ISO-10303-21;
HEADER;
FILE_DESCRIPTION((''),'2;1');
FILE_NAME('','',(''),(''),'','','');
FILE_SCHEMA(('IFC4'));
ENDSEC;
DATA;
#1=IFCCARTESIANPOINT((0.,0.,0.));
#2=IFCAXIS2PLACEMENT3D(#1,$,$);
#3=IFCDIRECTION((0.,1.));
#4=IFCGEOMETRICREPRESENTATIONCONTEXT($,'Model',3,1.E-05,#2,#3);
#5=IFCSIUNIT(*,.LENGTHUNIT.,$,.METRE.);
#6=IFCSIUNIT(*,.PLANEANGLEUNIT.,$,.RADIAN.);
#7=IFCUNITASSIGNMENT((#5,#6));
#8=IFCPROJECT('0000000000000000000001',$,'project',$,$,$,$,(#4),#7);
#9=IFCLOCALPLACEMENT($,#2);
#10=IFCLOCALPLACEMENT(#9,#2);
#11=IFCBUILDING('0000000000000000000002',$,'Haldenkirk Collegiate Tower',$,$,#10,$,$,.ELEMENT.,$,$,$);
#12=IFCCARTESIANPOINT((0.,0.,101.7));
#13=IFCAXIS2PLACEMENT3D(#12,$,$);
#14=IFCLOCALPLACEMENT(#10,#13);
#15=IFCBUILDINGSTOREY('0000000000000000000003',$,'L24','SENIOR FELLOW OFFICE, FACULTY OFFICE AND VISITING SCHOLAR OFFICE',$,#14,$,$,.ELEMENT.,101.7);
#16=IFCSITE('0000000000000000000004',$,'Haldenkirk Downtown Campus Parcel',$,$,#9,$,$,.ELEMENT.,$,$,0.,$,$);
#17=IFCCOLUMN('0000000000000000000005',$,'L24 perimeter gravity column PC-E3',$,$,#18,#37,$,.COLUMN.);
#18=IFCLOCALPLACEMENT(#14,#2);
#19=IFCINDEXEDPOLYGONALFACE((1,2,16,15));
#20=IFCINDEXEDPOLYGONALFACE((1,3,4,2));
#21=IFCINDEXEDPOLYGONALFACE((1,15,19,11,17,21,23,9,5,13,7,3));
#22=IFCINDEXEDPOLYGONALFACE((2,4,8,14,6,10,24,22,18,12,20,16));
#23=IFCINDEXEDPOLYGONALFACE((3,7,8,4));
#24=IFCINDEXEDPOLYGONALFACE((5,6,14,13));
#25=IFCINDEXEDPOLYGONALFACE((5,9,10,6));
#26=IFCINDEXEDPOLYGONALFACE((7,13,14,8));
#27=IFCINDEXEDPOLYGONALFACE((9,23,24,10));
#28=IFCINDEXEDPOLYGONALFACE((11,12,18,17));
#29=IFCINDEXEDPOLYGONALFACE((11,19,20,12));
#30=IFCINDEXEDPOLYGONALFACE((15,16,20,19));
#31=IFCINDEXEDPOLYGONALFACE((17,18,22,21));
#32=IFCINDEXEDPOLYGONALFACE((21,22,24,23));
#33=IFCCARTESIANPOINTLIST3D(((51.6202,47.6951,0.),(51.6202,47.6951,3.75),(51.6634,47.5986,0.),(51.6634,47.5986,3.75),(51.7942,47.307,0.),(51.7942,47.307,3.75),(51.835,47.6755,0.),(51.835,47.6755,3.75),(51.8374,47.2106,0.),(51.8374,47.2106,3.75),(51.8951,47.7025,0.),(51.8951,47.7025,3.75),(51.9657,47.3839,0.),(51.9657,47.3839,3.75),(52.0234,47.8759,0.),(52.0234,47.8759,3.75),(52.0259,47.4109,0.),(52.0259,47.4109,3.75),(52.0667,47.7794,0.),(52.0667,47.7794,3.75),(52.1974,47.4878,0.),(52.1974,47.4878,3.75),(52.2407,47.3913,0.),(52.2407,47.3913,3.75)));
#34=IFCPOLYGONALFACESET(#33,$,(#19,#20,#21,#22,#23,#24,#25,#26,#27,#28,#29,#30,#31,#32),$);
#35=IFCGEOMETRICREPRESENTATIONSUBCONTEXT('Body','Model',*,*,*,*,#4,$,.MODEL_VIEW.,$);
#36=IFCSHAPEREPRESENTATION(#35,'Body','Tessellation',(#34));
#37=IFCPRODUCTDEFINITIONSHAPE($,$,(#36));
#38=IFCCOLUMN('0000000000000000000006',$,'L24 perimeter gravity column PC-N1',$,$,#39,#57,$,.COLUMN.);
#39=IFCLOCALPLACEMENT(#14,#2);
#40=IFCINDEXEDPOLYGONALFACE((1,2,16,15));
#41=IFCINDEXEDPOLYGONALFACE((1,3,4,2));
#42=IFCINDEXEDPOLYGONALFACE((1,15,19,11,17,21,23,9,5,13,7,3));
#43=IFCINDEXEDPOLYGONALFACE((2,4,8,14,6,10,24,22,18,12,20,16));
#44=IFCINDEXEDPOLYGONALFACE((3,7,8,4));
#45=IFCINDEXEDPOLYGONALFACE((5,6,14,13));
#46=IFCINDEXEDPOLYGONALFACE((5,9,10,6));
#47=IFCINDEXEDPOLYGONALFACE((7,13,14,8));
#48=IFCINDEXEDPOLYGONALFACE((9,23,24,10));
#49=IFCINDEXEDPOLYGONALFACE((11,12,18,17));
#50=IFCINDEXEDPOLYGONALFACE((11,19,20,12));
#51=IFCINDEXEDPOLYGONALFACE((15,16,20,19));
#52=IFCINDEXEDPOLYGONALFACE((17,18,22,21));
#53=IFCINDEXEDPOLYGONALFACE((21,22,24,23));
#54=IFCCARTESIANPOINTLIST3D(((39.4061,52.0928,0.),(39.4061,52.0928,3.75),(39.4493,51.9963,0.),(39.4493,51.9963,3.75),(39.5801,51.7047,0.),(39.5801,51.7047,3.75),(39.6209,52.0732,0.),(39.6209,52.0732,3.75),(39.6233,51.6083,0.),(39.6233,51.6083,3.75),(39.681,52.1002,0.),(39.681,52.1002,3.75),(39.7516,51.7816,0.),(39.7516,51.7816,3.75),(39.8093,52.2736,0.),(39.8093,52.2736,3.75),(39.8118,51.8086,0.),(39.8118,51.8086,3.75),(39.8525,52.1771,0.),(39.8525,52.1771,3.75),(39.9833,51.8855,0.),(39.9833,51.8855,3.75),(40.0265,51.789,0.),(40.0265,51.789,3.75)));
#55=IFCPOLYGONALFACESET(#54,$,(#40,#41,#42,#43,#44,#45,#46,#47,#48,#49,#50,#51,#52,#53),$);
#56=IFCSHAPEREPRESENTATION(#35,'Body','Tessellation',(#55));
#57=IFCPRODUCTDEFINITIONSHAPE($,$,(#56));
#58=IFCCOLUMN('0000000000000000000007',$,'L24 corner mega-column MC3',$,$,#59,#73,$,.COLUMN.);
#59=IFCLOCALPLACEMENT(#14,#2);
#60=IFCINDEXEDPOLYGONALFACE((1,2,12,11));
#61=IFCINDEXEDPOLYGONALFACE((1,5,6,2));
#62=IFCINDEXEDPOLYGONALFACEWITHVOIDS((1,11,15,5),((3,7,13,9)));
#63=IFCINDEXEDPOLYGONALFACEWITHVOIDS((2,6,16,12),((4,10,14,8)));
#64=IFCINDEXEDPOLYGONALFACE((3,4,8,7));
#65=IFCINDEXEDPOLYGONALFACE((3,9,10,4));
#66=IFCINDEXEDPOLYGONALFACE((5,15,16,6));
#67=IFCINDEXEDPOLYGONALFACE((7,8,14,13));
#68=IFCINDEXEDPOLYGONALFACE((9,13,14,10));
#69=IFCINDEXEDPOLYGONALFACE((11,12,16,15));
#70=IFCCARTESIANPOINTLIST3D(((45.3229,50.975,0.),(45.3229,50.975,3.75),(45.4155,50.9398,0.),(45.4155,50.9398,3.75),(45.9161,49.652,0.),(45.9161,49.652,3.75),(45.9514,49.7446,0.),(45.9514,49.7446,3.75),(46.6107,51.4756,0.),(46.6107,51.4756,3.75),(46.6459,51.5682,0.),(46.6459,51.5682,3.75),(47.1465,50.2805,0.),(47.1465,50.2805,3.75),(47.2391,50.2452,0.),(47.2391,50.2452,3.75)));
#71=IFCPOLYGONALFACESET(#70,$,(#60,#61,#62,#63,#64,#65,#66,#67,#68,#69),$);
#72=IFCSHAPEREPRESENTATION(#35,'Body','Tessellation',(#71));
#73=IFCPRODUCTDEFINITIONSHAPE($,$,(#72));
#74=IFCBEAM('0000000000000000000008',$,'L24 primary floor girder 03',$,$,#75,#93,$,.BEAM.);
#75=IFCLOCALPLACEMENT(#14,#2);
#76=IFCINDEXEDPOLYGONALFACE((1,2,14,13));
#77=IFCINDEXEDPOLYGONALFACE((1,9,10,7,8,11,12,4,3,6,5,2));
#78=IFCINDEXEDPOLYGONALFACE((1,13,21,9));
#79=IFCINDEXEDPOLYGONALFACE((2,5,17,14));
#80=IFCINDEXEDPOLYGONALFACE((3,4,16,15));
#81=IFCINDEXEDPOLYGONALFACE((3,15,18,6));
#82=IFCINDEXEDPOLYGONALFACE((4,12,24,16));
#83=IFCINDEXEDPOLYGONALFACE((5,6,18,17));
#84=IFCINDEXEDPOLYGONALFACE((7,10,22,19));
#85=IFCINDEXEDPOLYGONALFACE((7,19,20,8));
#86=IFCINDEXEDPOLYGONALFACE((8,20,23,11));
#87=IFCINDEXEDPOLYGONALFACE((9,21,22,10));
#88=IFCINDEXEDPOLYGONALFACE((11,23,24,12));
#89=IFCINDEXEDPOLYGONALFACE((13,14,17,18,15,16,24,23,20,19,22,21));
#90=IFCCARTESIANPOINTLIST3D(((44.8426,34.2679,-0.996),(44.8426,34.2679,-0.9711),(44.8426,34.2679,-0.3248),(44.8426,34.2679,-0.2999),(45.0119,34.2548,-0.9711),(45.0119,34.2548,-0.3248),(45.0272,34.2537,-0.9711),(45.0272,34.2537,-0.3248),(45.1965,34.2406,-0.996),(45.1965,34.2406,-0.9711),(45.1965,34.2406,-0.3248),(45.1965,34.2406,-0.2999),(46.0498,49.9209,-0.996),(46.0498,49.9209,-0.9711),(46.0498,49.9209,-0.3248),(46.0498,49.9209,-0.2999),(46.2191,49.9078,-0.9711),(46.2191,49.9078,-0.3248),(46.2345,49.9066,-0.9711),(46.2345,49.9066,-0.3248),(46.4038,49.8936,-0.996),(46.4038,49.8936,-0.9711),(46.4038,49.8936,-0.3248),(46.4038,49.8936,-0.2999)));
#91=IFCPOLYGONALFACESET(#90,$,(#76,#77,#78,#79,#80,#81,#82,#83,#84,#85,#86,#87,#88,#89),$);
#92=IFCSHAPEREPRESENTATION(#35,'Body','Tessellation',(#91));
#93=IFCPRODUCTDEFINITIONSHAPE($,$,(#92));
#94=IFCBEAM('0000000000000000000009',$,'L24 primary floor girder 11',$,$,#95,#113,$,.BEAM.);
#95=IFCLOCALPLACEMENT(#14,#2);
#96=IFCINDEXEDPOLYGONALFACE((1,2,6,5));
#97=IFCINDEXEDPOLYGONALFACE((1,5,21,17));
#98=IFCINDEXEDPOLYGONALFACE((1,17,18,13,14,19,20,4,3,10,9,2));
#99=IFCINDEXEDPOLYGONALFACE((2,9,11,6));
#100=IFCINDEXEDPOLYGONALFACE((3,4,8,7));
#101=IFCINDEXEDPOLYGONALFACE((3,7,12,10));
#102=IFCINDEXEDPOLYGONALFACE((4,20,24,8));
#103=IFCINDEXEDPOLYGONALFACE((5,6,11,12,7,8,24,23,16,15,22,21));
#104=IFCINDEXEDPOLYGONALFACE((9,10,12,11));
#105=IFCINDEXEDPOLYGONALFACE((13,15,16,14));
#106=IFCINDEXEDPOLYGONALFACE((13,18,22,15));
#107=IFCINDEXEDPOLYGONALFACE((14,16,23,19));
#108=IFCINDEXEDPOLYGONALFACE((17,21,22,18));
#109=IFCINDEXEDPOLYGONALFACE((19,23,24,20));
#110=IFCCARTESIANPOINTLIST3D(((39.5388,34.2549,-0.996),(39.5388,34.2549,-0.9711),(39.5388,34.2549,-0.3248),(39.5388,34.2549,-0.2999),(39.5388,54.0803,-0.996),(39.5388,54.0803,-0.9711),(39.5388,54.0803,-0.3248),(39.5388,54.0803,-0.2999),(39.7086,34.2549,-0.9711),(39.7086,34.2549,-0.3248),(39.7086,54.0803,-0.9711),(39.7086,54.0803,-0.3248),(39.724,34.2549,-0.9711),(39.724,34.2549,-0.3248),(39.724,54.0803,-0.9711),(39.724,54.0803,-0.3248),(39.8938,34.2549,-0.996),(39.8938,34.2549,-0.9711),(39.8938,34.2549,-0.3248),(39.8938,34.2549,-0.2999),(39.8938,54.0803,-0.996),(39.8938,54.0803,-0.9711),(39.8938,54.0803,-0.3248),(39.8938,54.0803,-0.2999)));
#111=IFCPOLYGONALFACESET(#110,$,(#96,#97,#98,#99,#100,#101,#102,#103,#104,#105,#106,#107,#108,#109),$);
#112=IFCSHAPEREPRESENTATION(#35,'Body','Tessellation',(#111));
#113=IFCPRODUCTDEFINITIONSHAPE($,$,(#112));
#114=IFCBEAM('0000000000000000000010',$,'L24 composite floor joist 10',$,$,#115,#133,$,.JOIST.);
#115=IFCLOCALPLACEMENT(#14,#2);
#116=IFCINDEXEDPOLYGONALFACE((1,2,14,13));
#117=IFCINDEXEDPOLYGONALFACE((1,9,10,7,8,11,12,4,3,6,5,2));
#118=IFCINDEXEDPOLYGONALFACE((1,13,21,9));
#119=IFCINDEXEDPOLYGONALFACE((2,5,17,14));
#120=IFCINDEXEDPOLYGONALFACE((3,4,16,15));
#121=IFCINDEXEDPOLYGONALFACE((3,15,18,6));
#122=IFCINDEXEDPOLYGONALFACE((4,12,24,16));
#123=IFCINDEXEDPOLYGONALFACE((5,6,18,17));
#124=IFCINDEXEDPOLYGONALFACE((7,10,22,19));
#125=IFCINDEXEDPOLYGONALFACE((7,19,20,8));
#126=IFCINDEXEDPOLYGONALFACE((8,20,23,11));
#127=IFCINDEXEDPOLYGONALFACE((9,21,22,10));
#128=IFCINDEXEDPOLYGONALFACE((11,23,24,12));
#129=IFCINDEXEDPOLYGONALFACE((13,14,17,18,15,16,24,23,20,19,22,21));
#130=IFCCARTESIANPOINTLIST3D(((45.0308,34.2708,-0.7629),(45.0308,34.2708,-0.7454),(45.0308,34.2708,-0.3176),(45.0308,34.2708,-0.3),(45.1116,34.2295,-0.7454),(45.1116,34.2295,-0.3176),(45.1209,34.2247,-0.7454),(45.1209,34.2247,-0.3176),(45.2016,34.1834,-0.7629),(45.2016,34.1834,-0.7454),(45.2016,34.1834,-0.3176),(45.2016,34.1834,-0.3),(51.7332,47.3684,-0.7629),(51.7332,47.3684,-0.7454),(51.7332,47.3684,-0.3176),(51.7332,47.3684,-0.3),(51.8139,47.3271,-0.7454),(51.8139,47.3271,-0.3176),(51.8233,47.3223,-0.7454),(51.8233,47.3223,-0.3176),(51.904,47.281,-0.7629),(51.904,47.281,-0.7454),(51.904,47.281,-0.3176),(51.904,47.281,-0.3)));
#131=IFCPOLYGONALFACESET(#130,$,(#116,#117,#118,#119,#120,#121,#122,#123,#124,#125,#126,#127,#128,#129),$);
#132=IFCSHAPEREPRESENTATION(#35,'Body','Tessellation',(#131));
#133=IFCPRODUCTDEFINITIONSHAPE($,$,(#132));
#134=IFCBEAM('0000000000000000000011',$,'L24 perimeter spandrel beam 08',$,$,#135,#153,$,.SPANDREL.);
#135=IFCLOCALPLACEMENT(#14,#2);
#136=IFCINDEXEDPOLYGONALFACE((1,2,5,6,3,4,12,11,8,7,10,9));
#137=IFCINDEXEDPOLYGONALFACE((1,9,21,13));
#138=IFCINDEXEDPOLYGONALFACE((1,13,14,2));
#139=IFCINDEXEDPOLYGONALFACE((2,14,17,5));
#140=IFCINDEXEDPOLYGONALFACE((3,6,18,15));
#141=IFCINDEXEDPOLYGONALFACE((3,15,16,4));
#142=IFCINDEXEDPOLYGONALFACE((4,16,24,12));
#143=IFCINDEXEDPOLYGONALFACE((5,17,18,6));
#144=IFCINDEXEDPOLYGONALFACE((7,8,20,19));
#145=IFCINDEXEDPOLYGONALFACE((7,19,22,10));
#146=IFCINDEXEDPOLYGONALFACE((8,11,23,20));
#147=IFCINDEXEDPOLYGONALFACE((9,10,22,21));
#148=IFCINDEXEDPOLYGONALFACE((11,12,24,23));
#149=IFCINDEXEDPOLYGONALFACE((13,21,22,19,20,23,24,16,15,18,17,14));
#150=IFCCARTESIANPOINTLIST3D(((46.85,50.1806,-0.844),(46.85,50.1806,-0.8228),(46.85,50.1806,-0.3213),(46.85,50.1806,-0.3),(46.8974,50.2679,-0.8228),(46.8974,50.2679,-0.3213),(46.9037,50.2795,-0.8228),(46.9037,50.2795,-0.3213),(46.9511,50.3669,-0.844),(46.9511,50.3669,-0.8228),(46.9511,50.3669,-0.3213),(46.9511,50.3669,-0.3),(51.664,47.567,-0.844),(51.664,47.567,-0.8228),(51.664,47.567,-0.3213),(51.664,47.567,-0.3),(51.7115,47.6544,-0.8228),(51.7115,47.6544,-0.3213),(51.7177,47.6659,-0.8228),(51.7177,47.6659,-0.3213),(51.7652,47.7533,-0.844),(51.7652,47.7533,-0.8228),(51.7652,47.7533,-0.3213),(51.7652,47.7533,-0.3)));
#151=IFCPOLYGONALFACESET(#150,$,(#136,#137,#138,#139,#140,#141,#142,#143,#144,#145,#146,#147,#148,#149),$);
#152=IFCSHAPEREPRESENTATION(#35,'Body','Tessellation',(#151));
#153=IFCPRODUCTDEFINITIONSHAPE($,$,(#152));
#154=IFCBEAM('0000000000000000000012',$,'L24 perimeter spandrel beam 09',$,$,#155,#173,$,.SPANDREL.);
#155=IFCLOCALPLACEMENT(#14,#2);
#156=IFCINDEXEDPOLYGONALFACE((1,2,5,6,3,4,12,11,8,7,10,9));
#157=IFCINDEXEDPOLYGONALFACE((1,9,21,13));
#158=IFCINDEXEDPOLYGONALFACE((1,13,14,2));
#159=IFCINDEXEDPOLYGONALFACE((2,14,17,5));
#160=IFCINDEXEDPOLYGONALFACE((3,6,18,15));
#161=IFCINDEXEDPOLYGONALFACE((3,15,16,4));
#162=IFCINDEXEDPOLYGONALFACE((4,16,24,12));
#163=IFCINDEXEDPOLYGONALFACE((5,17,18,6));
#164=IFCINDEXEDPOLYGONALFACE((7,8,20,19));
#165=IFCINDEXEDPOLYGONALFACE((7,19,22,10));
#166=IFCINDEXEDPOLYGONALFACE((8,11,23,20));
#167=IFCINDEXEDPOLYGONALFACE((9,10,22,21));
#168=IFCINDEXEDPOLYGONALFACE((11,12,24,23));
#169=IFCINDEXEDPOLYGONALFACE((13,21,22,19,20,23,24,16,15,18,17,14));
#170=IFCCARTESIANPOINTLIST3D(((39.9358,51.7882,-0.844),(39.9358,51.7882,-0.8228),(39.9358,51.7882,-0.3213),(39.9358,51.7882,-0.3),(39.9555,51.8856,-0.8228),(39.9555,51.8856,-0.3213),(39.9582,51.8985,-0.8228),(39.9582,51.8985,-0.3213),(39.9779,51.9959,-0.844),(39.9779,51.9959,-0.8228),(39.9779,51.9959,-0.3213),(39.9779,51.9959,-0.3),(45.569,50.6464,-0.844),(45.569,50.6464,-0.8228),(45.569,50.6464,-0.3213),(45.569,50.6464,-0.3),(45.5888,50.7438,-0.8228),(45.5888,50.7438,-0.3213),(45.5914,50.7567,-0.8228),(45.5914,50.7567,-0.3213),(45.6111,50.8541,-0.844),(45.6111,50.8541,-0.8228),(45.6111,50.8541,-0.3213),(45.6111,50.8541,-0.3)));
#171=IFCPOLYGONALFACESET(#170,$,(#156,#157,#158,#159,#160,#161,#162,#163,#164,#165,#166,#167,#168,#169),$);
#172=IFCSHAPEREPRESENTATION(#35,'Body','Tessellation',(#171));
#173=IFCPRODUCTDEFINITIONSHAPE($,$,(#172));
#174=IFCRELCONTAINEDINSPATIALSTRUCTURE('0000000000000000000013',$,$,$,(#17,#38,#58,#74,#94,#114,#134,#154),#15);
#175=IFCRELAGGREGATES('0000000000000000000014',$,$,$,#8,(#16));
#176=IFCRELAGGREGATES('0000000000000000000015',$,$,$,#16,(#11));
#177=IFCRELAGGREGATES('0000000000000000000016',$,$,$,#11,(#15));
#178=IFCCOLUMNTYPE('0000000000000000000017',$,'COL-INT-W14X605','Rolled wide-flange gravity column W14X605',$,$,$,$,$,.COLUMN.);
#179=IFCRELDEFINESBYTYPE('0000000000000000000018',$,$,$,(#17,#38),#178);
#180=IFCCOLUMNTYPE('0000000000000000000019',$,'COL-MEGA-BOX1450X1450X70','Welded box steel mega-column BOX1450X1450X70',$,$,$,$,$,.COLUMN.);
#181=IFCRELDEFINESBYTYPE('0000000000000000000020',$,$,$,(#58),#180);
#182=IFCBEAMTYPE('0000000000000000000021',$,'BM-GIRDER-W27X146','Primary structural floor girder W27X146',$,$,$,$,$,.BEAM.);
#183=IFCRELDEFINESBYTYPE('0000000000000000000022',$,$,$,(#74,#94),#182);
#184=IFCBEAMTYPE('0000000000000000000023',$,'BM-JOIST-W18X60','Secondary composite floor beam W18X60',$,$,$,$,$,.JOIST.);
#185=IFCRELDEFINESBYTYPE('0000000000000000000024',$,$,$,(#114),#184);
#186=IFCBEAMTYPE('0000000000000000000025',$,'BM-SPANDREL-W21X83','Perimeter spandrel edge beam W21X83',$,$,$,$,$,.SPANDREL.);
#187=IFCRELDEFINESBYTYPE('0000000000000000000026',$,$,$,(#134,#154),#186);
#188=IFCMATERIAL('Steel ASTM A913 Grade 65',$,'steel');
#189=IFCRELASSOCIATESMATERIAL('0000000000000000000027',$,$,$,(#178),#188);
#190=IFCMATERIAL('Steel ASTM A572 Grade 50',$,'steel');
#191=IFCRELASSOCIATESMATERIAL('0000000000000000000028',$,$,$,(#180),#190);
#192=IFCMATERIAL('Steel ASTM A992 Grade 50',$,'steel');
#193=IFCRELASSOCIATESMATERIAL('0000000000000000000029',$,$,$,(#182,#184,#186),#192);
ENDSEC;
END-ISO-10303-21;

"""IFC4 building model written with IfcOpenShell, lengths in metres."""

from ifc_helpers import new_model, si_unit, direction, frame, origin, origin_2d, place, context, subcontext, project, spatial, hollow_rectangle, i_section, extrude, material, material_profile, profile_set, type_object, element, save


model = new_model("IFC4")

# Units and contexts
model_context = context("Model", 3, precision=1e-05, world=origin(), true_north=direction((0.0, 1.0)))
body_context = subcontext(model_context, "Body", "Model", "MODEL_VIEW")
ifc_project = project(units=[si_unit("LENGTHUNIT", "METRE"), si_unit("PLANEANGLEUNIT", "RADIAN")], contexts=[model_context])

# Site, building, storey
site_placement = place(None, origin())
site = spatial("IfcSite", under=ifc_project, at=site_placement, Name="Haldenkirk Downtown Campus Parcel", CompositionType="ELEMENT", RefElevation=0.0)
building_placement = place(site_placement, origin())
building = spatial("IfcBuilding", under=site, at=building_placement, Name="Haldenkirk Collegiate Tower", CompositionType="ELEMENT")
storey_placement = place(building_placement, frame((0.0, 0.0, 101.7)))
storey = spatial("IfcBuildingStorey", under=building, at=storey_placement, Name="L24", Description="SENIOR FELLOW OFFICE, FACULTY OFFICE AND VISITING SCHOLAR OFFICE", CompositionType="ELEMENT", Elevation=101.7)

# Columns
ifc_material_1 = material(Name="Steel ASTM A913 Grade 65", Category="steel")
ifc_material_profile_1 = material_profile(ifc_material_1, i_section(OverallWidth=0.4419, OverallDepth=0.531, WebThickness=0.0659, FlangeThickness=0.1057, at=origin_2d()), Name="W14X605")
ifc_profile_set_1 = profile_set([ifc_material_profile_1], Name="Steel ASTM A913 Grade 65")
column_type_1 = type_object("IfcColumnType", Name="COL-INT-W14X605", Description="Rolled wide-flange gravity column W14X605", PredefinedType="COLUMN", material=ifc_profile_set_1)
for number, where, z_axis, x_axis, name in (
    (1, (51.9304, 47.5432, 0.0), (0.0, 0.0, 1.0), (0.912477, 0.409127, 0.0), "L24 perimeter gravity column PC-E3"),
    (2, (39.7163, 51.9409, 0.0), (0.0, 0.0, 1.0), (0.912477, 0.409127, 0.0), "L24 perimeter gravity column PC-N1"),
):
    element("IfcColumn", number, at=place(storey_placement, frame(where, z_axis=z_axis, x_axis=x_axis)), inside=storey, type_object=column_type_1, Name=name, PredefinedType="COLUMN", context=body_context, shape_type="SweptSolid", body=[
        extrude(i_section(OverallWidth=0.4419, OverallDepth=0.531, WebThickness=0.0659, FlangeThickness=0.1057, at=origin_2d()), origin(), (0.0, 0.0, 1.0), 3.75),
    ])
ifc_material_2 = material(Name="Steel ASTM A572 Grade 50", Category="steel")
ifc_material_profile_2 = material_profile(ifc_material_2, hollow_rectangle(XDim=1.45, YDim=1.45, WallThickness=0.0701, at=origin_2d()), Name="BOX1450X1450X70")
ifc_profile_set_2 = profile_set([ifc_material_profile_2], Name="Steel ASTM A572 Grade 50")
column_type_2 = type_object("IfcColumnType", Name="COL-MEGA-BOX1450X1450X70", Description="Welded box steel mega-column BOX1450X1450X70", PredefinedType="COLUMN", material=ifc_profile_set_2)
column_placement = place(storey_placement, frame((46.281, 50.6101, 0.0), z_axis=(0.0, 0.0, 1.0), x_axis=(0.912477, 0.409127, 0.0)))
element("IfcColumn", 3, at=column_placement, inside=storey, type_object=column_type_2, Name="L24 corner mega-column MC3", PredefinedType="COLUMN", context=body_context, shape_type="SweptSolid", body=[
    extrude(hollow_rectangle(XDim=1.45, YDim=1.45, WallThickness=0.0701, at=origin_2d()), origin(), (0.0, 0.0, 1.0), 3.75),
])

# Beams
ifc_material_3 = material(Name="Steel ASTM A992 Grade 50", Category="steel")
ifc_material_profile_3 = material_profile(ifc_material_3, i_section(OverallWidth=0.355, OverallDepth=0.696, WebThickness=0.0154, FlangeThickness=0.0249, at=origin_2d()), Name="W27X146")
ifc_profile_set_3 = profile_set([ifc_material_profile_3], Name="Steel ASTM A992 Grade 50")
beam_type_1 = type_object("IfcBeamType", Name="BM-GIRDER-W27X146", Description="Primary structural floor girder W27X146", PredefinedType="BEAM", material=ifc_profile_set_3)
beam_1_placement = place(storey_placement, frame((46.2268, 49.9072, -0.6479), z_axis=(-0.076899, -0.997039, 0.0), x_axis=(0.997039, -0.076899, 0.0)))
element("IfcBeam", 4, at=beam_1_placement, inside=storey, type_object=beam_type_1, Name="L24 primary floor girder 03", PredefinedType="BEAM", context=body_context, shape_type="SweptSolid", body=[
    extrude(i_section(OverallWidth=0.355, OverallDepth=0.696, WebThickness=0.0154, FlangeThickness=0.0249, at=origin_2d()), origin(), (0.0, 0.0, 1.0), 15.6995),
])
beam_2_placement = place(storey_placement, frame((39.7163, 54.0803, -0.6479), z_axis=(0.0, -1.0, 0.0), x_axis=(1.0, 0.0, 0.0)))
element("IfcBeam", 5, at=beam_2_placement, inside=storey, type_object=beam_type_1, Name="L24 primary floor girder 11", PredefinedType="BEAM", context=body_context, shape_type="SweptSolid", body=[
    extrude(i_section(OverallWidth=0.355, OverallDepth=0.696, WebThickness=0.0154, FlangeThickness=0.0249, at=origin_2d()), origin(), (0.0, 0.0, 1.0), 19.8254),
])
ifc_material_profile_4 = material_profile(ifc_material_3, i_section(OverallWidth=0.1919, OverallDepth=0.4629, WebThickness=0.0105, FlangeThickness=0.0176, at=origin_2d()), Name="W18X60")
ifc_profile_set_4 = profile_set([ifc_material_profile_4], Name="Steel ASTM A992 Grade 50")
beam_type_2 = type_object("IfcBeamType", Name="BM-JOIST-W18X60", Description="Secondary composite floor beam W18X60", PredefinedType="JOIST", material=ifc_profile_set_4)
beam_3_placement = place(storey_placement, frame((51.8186, 47.3247, -0.5315), z_axis=(-0.455544, -0.890213, 0.0), x_axis=(0.890213, -0.455544, 0.0)))
element("IfcBeam", 6, at=beam_3_placement, inside=storey, type_object=beam_type_2, Name="L24 composite floor joist 10", PredefinedType="JOIST", context=body_context, shape_type="SweptSolid", body=[
    extrude(i_section(OverallWidth=0.1919, OverallDepth=0.4629, WebThickness=0.0105, FlangeThickness=0.0176, at=origin_2d()), origin(), (0.0, 0.0, 1.0), 14.7129),
])
ifc_material_profile_5 = material_profile(ifc_material_3, i_section(OverallWidth=0.2119, OverallDepth=0.5439, WebThickness=0.0132, FlangeThickness=0.0212, at=origin_2d()), Name="W21X83")
ifc_profile_set_5 = profile_set([ifc_material_profile_5], Name="Steel ASTM A992 Grade 50")
beam_type_3 = type_object("IfcBeamType", Name="BM-SPANDREL-W21X83", Description="Perimeter spandrel edge beam W21X83", PredefinedType="SPANDREL", material=ifc_profile_set_5)
beam_4_placement = place(storey_placement, frame((51.7146, 47.6602, -0.572), z_axis=(-0.878836, 0.477124, 0.0), x_axis=(-0.477124, -0.878836, 0.0)))
element("IfcBeam", 7, at=beam_4_placement, inside=storey, type_object=beam_type_3, Name="L24 perimeter spandrel beam 08", PredefinedType="SPANDREL", context=body_context, shape_type="SweptSolid", body=[
    extrude(i_section(OverallWidth=0.2119, OverallDepth=0.5439, WebThickness=0.0132, FlangeThickness=0.0212, at=origin_2d()), origin(), (0.0, 0.0, 1.0), 5.4778),
])
beam_5_placement = place(storey_placement, frame((45.5901, 50.7502, -0.572), z_axis=(-0.980069, 0.198656, 0.0), x_axis=(-0.198656, -0.980069, 0.0)))
element("IfcBeam", 8, at=beam_5_placement, inside=storey, type_object=beam_type_3, Name="L24 perimeter spandrel beam 09", PredefinedType="SPANDREL", context=body_context, shape_type="SweptSolid", body=[
    extrude(i_section(OverallWidth=0.2119, OverallDepth=0.5439, WebThickness=0.0132, FlangeThickness=0.0212, at=origin_2d()), origin(), (0.0, 0.0, 1.0), 5.7478),
])

save(model, "model.ifc")
